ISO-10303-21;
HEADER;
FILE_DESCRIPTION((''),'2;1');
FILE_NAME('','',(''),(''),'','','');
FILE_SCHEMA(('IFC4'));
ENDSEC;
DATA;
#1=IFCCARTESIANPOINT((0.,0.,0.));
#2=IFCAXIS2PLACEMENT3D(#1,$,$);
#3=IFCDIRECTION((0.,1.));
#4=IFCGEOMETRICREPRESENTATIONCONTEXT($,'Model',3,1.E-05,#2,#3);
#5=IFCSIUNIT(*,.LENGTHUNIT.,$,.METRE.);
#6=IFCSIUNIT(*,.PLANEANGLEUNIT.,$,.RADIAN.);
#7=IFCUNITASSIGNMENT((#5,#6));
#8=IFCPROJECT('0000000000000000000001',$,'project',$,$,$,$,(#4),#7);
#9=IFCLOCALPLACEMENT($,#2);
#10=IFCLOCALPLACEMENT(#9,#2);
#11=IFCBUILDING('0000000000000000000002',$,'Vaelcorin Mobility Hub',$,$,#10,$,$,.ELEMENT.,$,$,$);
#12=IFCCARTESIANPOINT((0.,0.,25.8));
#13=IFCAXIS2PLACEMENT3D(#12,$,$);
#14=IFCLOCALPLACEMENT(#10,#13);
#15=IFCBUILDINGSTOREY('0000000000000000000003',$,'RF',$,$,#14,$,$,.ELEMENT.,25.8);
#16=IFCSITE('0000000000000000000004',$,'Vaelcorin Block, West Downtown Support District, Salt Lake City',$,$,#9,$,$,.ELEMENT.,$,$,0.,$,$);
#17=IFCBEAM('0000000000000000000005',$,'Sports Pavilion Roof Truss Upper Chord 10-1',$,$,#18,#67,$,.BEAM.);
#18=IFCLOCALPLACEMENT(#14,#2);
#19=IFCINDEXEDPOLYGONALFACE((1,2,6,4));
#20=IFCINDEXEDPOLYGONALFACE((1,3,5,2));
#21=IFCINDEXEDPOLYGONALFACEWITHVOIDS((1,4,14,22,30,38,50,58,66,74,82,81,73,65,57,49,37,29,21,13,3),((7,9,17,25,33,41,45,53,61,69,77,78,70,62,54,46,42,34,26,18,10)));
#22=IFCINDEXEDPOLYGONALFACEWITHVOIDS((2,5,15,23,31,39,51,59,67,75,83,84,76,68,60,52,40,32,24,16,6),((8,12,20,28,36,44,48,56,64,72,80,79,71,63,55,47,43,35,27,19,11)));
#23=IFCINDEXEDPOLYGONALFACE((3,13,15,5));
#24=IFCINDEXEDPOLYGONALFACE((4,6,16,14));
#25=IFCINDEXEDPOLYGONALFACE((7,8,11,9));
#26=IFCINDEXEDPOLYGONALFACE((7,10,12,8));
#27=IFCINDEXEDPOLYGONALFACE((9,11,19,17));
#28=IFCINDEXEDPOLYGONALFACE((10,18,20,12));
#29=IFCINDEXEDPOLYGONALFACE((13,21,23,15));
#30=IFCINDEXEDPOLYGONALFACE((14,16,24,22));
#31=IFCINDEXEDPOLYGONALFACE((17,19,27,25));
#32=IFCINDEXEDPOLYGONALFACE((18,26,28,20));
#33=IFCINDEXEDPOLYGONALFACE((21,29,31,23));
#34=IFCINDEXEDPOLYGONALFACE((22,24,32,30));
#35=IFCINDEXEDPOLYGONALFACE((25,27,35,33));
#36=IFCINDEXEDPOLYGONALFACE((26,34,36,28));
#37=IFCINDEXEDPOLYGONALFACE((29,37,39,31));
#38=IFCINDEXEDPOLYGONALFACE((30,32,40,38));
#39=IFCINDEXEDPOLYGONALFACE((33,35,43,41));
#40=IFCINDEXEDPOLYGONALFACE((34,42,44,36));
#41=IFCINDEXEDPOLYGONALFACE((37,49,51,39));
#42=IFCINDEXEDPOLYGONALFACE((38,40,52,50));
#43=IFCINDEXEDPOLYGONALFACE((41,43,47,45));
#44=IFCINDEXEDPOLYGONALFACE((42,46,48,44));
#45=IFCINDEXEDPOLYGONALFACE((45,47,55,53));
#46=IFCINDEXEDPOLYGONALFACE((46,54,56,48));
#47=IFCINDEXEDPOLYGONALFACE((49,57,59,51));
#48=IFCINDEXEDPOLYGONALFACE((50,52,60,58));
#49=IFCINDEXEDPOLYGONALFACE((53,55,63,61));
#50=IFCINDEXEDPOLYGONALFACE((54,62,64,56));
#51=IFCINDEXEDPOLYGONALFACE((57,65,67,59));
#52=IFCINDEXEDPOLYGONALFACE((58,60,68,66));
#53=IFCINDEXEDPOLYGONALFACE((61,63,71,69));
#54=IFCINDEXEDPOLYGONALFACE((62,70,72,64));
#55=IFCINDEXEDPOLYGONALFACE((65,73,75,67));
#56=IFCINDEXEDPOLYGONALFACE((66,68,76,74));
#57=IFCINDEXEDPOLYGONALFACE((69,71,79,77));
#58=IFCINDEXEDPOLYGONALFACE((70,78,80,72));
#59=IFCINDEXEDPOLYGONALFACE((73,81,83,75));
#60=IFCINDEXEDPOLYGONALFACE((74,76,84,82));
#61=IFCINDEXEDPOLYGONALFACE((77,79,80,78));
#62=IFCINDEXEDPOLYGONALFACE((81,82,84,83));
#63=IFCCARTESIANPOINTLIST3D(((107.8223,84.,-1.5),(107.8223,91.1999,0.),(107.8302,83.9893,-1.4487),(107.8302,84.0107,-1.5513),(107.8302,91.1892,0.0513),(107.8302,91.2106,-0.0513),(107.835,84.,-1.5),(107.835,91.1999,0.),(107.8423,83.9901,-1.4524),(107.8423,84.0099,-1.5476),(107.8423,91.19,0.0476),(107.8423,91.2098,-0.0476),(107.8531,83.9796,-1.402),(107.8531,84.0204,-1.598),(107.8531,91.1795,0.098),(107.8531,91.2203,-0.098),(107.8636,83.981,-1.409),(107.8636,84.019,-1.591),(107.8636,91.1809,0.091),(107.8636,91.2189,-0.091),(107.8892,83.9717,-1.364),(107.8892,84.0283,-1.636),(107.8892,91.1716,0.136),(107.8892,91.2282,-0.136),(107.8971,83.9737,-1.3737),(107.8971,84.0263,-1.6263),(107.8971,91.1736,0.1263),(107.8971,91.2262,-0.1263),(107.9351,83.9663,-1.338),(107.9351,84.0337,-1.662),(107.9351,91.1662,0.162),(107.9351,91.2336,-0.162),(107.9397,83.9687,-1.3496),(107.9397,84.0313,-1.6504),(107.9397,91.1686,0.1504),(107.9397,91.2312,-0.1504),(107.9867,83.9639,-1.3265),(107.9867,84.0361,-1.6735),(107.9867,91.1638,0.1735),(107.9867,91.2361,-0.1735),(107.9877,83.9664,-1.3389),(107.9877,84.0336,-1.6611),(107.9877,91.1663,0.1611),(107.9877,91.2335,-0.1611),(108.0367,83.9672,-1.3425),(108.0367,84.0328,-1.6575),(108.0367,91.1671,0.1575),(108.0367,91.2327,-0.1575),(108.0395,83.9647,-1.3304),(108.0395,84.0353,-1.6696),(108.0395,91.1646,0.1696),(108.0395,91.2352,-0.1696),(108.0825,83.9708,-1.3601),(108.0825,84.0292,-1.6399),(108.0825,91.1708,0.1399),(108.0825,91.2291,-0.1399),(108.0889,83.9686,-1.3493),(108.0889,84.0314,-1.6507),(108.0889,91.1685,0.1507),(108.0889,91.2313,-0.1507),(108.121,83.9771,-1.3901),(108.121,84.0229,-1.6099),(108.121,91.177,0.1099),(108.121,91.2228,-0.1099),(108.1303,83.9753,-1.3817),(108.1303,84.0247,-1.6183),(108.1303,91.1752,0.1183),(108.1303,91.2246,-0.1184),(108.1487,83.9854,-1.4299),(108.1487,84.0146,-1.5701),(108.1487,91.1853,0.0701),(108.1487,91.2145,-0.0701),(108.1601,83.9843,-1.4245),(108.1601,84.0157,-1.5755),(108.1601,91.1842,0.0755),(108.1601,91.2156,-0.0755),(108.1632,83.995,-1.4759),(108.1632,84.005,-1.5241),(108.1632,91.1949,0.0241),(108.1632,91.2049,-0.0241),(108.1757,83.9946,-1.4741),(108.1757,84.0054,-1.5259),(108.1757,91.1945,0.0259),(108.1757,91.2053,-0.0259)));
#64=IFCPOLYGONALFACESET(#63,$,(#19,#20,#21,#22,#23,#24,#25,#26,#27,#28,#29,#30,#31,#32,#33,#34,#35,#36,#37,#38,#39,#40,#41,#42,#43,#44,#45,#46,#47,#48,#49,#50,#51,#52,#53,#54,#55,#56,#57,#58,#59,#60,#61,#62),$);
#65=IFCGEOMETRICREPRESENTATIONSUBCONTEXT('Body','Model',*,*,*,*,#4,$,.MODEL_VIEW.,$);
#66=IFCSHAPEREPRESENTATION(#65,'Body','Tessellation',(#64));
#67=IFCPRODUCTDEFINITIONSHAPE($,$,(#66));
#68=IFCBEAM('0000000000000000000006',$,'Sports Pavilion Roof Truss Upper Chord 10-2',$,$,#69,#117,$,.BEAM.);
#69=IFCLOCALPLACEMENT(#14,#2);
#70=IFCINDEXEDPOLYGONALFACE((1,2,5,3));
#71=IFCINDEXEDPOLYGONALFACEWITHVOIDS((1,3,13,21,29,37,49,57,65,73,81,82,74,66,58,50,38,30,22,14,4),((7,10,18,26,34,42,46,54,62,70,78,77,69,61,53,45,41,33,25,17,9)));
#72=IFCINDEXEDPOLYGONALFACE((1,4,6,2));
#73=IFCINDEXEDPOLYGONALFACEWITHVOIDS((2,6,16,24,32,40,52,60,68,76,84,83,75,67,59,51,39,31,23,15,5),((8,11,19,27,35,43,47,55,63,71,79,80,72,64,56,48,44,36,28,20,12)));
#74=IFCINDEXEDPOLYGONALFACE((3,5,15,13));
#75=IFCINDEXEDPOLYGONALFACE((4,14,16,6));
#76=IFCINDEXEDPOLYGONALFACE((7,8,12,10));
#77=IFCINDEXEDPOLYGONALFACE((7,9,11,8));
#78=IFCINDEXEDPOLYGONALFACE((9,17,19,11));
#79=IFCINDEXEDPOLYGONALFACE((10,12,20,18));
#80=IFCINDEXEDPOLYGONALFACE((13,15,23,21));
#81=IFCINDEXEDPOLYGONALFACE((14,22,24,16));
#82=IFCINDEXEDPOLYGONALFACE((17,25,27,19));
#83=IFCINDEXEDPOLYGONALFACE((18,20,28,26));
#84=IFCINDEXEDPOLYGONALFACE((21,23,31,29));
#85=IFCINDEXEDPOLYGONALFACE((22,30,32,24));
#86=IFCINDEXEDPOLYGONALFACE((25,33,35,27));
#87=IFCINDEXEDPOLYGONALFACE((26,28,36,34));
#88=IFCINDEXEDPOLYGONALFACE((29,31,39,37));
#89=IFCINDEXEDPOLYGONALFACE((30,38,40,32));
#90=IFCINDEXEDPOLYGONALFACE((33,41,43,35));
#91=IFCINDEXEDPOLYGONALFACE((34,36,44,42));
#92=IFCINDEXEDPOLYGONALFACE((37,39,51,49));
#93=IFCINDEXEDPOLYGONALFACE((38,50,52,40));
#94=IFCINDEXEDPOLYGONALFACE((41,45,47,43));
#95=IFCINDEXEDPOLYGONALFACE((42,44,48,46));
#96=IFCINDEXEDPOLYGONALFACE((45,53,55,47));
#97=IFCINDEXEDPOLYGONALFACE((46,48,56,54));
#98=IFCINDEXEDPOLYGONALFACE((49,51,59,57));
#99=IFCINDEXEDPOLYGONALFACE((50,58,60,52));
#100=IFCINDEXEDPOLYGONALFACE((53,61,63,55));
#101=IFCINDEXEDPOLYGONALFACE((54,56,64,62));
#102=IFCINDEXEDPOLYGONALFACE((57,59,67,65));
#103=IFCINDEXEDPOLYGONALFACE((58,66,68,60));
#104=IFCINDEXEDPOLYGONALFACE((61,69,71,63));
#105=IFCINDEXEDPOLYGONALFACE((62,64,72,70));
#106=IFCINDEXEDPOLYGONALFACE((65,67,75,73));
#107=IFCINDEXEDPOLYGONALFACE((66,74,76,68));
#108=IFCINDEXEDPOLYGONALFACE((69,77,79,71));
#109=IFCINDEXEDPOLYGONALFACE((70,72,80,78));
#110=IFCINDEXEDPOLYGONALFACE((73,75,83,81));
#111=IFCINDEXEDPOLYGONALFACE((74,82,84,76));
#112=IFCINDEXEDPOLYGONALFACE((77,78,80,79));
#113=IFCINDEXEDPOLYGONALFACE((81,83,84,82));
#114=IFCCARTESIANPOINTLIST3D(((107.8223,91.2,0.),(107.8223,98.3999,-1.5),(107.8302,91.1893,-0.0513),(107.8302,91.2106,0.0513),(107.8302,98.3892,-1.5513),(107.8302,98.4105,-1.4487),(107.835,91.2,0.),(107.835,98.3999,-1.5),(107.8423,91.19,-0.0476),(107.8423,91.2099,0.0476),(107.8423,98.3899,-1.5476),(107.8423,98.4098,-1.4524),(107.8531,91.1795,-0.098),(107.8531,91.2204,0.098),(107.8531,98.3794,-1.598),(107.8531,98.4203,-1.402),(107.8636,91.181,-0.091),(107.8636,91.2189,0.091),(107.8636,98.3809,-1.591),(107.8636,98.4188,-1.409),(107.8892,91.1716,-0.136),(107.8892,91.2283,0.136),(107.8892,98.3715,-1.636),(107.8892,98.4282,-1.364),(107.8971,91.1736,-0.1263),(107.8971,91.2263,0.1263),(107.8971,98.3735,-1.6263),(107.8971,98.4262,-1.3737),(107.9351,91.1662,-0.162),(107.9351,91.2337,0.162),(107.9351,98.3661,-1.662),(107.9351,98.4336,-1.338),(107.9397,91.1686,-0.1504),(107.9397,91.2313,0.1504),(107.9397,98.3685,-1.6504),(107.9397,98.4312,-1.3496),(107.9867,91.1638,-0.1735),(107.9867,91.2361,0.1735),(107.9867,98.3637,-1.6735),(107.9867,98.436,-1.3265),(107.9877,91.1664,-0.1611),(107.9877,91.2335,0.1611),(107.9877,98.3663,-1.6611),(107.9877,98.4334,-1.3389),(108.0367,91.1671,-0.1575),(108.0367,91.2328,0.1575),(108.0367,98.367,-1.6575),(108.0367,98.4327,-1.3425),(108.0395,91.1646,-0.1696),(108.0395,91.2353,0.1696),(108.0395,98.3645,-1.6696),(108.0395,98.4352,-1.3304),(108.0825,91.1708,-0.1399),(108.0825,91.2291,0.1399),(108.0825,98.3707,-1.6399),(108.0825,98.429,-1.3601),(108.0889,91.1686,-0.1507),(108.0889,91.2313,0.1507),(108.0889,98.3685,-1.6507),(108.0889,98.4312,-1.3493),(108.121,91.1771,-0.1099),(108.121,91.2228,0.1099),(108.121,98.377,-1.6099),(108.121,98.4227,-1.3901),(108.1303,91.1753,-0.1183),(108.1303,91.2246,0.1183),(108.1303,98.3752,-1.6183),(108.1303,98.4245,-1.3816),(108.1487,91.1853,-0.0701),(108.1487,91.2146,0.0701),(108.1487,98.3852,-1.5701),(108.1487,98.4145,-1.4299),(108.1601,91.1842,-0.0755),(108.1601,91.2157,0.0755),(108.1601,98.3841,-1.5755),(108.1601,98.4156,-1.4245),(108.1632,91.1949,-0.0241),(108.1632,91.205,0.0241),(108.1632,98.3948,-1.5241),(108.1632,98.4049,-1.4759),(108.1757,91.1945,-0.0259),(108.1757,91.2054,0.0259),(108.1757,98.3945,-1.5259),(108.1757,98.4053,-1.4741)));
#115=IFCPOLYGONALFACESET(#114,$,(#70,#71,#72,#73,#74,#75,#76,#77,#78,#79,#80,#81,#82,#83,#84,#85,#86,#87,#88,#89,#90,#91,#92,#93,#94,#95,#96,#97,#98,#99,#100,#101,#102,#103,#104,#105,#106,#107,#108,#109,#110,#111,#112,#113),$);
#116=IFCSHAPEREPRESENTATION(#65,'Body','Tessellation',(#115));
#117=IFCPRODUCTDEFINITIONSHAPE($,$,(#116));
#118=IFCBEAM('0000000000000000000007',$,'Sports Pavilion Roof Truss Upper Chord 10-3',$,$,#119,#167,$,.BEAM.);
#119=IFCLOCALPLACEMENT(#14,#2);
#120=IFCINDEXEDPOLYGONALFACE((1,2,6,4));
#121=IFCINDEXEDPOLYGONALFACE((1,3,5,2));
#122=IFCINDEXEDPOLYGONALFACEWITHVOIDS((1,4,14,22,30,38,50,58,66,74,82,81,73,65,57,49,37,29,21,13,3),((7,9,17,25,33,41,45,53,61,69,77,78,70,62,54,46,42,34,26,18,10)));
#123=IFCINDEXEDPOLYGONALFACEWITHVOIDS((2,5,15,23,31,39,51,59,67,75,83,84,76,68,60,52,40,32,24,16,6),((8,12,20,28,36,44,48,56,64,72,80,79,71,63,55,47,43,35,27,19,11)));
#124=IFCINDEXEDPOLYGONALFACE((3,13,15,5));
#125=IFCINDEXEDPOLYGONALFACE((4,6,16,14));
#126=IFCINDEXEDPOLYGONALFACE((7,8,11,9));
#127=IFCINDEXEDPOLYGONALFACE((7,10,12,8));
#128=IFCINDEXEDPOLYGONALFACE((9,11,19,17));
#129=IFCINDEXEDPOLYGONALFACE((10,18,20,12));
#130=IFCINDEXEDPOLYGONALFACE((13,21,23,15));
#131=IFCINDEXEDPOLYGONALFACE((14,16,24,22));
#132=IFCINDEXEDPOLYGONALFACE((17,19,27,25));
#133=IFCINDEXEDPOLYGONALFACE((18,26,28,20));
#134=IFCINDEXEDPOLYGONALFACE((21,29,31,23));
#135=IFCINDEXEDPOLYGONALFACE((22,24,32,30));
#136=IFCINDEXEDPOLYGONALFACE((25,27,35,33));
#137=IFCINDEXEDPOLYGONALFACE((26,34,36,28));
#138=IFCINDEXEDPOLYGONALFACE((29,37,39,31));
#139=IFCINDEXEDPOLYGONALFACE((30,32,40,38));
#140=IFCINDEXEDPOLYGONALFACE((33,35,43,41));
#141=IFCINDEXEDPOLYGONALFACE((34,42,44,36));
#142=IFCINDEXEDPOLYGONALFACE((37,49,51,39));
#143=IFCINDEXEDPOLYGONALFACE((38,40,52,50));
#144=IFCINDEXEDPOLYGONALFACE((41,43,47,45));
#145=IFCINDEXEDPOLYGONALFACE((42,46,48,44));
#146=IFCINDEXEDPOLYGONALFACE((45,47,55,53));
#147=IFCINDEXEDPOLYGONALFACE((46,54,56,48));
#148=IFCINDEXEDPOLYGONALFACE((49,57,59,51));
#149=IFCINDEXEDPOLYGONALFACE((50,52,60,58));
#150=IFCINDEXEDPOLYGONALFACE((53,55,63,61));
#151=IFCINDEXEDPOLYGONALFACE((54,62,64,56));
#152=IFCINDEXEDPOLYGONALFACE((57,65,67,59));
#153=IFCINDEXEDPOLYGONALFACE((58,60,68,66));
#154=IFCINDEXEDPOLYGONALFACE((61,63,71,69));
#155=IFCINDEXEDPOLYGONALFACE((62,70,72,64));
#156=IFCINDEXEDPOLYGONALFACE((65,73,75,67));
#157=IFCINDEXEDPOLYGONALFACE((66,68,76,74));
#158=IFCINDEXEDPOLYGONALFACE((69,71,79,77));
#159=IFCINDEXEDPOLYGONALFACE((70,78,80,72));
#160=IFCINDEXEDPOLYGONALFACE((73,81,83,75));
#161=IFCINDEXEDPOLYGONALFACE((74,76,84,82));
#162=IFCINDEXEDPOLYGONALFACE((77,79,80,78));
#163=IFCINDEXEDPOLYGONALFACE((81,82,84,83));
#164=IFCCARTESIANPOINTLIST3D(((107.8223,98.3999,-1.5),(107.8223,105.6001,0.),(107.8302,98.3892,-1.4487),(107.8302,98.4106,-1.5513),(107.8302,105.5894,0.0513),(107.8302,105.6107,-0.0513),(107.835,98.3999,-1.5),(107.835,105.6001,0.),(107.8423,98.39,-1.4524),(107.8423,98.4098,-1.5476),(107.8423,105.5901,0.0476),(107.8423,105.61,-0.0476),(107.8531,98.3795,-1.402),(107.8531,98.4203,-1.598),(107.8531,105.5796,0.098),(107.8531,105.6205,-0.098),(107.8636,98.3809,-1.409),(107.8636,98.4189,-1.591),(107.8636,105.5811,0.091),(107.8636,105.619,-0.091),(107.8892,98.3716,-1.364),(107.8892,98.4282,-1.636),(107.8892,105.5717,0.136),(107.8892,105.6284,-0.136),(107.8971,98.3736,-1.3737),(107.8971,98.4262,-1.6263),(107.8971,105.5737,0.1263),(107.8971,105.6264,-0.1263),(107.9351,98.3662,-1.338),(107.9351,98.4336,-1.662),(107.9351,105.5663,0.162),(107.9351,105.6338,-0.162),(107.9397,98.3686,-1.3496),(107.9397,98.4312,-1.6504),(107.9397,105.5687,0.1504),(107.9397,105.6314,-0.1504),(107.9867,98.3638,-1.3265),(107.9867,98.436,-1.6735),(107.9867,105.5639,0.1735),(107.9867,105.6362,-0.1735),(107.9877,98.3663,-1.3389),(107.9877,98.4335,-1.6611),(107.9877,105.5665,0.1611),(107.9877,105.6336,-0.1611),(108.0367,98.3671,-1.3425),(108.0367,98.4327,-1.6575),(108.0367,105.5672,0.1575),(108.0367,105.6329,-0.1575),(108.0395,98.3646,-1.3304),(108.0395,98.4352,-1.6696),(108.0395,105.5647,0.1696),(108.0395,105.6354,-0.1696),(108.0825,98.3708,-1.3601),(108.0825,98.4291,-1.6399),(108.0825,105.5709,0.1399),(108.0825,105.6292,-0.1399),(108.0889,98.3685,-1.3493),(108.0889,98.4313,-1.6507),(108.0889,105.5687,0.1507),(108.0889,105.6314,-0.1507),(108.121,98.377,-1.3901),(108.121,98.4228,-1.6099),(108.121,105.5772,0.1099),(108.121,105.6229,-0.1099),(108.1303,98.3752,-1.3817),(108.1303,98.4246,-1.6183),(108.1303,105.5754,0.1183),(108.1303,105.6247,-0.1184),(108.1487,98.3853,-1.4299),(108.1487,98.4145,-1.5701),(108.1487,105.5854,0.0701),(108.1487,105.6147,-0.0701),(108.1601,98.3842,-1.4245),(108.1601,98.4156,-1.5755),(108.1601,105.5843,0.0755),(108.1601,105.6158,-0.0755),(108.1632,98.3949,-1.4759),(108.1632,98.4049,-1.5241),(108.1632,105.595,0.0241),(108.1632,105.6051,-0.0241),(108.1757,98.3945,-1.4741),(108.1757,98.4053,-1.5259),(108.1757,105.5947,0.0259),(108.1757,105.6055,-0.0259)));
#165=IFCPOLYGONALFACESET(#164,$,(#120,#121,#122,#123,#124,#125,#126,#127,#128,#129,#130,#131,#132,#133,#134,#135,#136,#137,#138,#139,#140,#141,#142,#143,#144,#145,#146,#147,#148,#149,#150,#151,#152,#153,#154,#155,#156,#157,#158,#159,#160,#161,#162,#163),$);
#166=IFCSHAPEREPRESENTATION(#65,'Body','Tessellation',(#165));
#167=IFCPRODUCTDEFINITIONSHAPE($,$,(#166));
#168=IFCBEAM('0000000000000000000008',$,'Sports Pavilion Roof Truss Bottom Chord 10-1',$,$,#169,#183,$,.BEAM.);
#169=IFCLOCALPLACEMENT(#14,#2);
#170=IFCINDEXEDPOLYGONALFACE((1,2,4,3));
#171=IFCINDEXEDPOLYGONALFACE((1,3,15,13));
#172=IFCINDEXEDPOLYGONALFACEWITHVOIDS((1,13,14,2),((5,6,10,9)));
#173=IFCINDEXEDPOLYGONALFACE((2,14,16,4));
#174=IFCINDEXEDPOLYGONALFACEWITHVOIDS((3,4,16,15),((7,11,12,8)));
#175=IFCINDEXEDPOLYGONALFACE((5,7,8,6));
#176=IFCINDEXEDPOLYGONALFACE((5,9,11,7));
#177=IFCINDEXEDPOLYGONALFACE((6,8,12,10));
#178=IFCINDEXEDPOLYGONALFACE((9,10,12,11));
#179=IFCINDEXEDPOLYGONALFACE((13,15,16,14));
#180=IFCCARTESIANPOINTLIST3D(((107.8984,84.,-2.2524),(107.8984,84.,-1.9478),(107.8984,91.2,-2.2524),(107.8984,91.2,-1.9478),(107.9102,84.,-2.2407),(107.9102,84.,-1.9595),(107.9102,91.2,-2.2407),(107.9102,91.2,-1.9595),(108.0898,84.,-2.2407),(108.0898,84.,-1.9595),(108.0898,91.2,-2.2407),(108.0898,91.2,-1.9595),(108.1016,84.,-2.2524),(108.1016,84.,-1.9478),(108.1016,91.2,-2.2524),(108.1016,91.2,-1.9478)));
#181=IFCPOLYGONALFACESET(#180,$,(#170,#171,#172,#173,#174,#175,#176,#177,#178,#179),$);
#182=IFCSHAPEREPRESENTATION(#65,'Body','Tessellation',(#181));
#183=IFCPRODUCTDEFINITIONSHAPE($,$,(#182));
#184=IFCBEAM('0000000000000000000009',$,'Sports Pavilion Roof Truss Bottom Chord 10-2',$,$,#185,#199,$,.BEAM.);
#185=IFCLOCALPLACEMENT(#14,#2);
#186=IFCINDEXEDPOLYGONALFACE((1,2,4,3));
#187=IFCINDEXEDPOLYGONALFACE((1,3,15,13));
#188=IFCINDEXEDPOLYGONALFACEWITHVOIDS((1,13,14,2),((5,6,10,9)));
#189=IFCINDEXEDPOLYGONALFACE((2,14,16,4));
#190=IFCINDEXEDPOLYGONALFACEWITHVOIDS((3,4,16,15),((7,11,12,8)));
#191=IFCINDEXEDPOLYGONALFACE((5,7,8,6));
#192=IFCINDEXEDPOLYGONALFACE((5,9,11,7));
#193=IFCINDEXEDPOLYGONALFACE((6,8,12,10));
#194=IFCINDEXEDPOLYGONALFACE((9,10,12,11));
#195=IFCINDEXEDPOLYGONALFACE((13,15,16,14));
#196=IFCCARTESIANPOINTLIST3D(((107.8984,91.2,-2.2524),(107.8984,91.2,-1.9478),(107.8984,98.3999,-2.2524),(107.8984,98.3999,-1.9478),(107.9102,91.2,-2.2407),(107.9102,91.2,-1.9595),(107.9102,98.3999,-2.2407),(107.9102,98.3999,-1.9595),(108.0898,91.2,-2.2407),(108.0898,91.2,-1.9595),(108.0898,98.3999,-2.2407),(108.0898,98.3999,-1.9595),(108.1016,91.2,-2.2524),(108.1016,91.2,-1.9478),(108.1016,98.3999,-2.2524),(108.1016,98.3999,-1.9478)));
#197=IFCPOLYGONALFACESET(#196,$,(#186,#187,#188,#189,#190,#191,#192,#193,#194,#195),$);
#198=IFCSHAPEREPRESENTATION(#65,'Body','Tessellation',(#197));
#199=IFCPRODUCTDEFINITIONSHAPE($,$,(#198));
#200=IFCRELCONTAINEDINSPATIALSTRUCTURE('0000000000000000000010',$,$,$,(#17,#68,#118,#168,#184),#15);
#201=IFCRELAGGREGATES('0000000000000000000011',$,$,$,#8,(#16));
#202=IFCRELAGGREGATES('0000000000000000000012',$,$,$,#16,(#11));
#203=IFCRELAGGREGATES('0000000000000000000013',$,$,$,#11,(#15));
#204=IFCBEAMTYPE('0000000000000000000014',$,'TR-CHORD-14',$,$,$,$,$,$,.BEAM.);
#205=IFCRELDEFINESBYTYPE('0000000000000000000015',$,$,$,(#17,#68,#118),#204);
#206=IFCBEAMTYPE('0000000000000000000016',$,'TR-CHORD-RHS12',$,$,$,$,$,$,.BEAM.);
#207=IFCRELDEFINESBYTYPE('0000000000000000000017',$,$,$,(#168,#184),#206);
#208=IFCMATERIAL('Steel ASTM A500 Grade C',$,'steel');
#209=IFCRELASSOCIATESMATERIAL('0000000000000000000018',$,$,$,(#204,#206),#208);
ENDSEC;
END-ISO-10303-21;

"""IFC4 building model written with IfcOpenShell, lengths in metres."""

from ifc_helpers import new_model, si_unit, direction, frame, origin, origin_2d, place, context, subcontext, project, spatial, hollow_rectangle, hollow_circle, extrude, material, material_profile, profile_set, type_object, element, save


model = new_model("IFC4")

# Units and contexts
model_context = context("Model", 3, precision=1e-05, world=origin(), true_north=direction((0.0, 1.0)))
body_context = subcontext(model_context, "Body", "Model", "MODEL_VIEW")
ifc_project = project(units=[si_unit("LENGTHUNIT", "METRE"), si_unit("PLANEANGLEUNIT", "RADIAN")], contexts=[model_context])

# Site, building, storey
site_placement = place(None, origin())
site = spatial("IfcSite", under=ifc_project, at=site_placement, Name="Vaelcorin Block, West Downtown Support District, Salt Lake City", CompositionType="ELEMENT", RefElevation=0.0)
building_placement = place(site_placement, origin())
building = spatial("IfcBuilding", under=site, at=building_placement, Name="Vaelcorin Mobility Hub", CompositionType="ELEMENT")
storey_placement = place(building_placement, frame((0.0, 0.0, 25.8)))
storey = spatial("IfcBuildingStorey", under=building, at=storey_placement, Name="RF", CompositionType="ELEMENT", Elevation=25.8)

# Shared definitions
ifc_material_1 = material(Name="Steel ASTM A500 Grade C", Category="steel")

# Beams
ifc_material_profile_1 = material_profile(ifc_material_1, hollow_circle(Radius=0.1777, WallThickness=0.0127, at=origin_2d()), Name="HSS14.000X0.500")
ifc_profile_set_1 = profile_set([ifc_material_profile_1], Name="Steel ASTM A500 Grade C")
beam_type_1 = type_object("IfcBeamType", Name="TR-CHORD-14", PredefinedType="BEAM", material=ifc_profile_set_1)
for number, where, z_axis, x_axis, name in (
    (1, (108.0, 84.0, -1.5), (0.0, 0.97898, 0.203956), (-1.0, 0.0, 0.0), "Sports Pavilion Roof Truss Upper Chord 10-1"),
    (2, (108.0, 91.2, 0.0), (0.0, 0.97898, -0.203956), (-1.0, 0.0, 0.0), "Sports Pavilion Roof Truss Upper Chord 10-2"),
):
    element("IfcBeam", number, at=place(storey_placement, frame(where, z_axis=z_axis, x_axis=x_axis)), inside=storey, type_object=beam_type_1, Name=name, PredefinedType="BEAM", context=body_context, shape_type="SweptSolid", body=[
        extrude(hollow_circle(Radius=0.1777, WallThickness=0.0127, at=origin_2d()), origin(), (0.0, 0.0, 1.0), 7.3545),
    ])
beam_placement = place(storey_placement, frame((108.0, 98.3999, -1.5), z_axis=(0.0, 0.978982, 0.203949), x_axis=(-1.0, 0.0, 0.0)))
element("IfcBeam", 3, at=beam_placement, inside=storey, type_object=beam_type_1, Name="Sports Pavilion Roof Truss Upper Chord 10-3", PredefinedType="BEAM", context=body_context, shape_type="SweptSolid", body=[
    extrude(hollow_circle(Radius=0.1777, WallThickness=0.0127, at=origin_2d()), origin(), (0.0, 0.0, 1.0), 7.3547),
])
ifc_material_profile_2 = material_profile(ifc_material_1, hollow_rectangle(XDim=0.2031, YDim=0.3047, WallThickness=0.0117, at=origin_2d()), Name="HSS12X8X0.500")
ifc_profile_set_2 = profile_set([ifc_material_profile_2], Name="Steel ASTM A500 Grade C")
beam_type_2 = type_object("IfcBeamType", Name="TR-CHORD-RHS12", PredefinedType="BEAM", material=ifc_profile_set_2)
for number, where, z_axis, x_axis, name in (
    (4, (108.0, 84.0, -2.1001), (0.0, 1.0, 0.0), (-1.0, 0.0, 0.0), "Sports Pavilion Roof Truss Bottom Chord 10-1"),
    (5, (108.0, 91.2, -2.1001), (0.0, 1.0, 0.0), (-1.0, 0.0, 0.0), "Sports Pavilion Roof Truss Bottom Chord 10-2"),
):
    element("IfcBeam", number, at=place(storey_placement, frame(where, z_axis=z_axis, x_axis=x_axis)), inside=storey, type_object=beam_type_2, Name=name, PredefinedType="BEAM", context=body_context, shape_type="SweptSolid", body=[
        extrude(hollow_rectangle(XDim=0.2031, YDim=0.3047, WallThickness=0.0117, at=origin_2d()), origin(), (0.0, 0.0, 1.0), 7.2),
    ])

save(model, "model.ifc")
